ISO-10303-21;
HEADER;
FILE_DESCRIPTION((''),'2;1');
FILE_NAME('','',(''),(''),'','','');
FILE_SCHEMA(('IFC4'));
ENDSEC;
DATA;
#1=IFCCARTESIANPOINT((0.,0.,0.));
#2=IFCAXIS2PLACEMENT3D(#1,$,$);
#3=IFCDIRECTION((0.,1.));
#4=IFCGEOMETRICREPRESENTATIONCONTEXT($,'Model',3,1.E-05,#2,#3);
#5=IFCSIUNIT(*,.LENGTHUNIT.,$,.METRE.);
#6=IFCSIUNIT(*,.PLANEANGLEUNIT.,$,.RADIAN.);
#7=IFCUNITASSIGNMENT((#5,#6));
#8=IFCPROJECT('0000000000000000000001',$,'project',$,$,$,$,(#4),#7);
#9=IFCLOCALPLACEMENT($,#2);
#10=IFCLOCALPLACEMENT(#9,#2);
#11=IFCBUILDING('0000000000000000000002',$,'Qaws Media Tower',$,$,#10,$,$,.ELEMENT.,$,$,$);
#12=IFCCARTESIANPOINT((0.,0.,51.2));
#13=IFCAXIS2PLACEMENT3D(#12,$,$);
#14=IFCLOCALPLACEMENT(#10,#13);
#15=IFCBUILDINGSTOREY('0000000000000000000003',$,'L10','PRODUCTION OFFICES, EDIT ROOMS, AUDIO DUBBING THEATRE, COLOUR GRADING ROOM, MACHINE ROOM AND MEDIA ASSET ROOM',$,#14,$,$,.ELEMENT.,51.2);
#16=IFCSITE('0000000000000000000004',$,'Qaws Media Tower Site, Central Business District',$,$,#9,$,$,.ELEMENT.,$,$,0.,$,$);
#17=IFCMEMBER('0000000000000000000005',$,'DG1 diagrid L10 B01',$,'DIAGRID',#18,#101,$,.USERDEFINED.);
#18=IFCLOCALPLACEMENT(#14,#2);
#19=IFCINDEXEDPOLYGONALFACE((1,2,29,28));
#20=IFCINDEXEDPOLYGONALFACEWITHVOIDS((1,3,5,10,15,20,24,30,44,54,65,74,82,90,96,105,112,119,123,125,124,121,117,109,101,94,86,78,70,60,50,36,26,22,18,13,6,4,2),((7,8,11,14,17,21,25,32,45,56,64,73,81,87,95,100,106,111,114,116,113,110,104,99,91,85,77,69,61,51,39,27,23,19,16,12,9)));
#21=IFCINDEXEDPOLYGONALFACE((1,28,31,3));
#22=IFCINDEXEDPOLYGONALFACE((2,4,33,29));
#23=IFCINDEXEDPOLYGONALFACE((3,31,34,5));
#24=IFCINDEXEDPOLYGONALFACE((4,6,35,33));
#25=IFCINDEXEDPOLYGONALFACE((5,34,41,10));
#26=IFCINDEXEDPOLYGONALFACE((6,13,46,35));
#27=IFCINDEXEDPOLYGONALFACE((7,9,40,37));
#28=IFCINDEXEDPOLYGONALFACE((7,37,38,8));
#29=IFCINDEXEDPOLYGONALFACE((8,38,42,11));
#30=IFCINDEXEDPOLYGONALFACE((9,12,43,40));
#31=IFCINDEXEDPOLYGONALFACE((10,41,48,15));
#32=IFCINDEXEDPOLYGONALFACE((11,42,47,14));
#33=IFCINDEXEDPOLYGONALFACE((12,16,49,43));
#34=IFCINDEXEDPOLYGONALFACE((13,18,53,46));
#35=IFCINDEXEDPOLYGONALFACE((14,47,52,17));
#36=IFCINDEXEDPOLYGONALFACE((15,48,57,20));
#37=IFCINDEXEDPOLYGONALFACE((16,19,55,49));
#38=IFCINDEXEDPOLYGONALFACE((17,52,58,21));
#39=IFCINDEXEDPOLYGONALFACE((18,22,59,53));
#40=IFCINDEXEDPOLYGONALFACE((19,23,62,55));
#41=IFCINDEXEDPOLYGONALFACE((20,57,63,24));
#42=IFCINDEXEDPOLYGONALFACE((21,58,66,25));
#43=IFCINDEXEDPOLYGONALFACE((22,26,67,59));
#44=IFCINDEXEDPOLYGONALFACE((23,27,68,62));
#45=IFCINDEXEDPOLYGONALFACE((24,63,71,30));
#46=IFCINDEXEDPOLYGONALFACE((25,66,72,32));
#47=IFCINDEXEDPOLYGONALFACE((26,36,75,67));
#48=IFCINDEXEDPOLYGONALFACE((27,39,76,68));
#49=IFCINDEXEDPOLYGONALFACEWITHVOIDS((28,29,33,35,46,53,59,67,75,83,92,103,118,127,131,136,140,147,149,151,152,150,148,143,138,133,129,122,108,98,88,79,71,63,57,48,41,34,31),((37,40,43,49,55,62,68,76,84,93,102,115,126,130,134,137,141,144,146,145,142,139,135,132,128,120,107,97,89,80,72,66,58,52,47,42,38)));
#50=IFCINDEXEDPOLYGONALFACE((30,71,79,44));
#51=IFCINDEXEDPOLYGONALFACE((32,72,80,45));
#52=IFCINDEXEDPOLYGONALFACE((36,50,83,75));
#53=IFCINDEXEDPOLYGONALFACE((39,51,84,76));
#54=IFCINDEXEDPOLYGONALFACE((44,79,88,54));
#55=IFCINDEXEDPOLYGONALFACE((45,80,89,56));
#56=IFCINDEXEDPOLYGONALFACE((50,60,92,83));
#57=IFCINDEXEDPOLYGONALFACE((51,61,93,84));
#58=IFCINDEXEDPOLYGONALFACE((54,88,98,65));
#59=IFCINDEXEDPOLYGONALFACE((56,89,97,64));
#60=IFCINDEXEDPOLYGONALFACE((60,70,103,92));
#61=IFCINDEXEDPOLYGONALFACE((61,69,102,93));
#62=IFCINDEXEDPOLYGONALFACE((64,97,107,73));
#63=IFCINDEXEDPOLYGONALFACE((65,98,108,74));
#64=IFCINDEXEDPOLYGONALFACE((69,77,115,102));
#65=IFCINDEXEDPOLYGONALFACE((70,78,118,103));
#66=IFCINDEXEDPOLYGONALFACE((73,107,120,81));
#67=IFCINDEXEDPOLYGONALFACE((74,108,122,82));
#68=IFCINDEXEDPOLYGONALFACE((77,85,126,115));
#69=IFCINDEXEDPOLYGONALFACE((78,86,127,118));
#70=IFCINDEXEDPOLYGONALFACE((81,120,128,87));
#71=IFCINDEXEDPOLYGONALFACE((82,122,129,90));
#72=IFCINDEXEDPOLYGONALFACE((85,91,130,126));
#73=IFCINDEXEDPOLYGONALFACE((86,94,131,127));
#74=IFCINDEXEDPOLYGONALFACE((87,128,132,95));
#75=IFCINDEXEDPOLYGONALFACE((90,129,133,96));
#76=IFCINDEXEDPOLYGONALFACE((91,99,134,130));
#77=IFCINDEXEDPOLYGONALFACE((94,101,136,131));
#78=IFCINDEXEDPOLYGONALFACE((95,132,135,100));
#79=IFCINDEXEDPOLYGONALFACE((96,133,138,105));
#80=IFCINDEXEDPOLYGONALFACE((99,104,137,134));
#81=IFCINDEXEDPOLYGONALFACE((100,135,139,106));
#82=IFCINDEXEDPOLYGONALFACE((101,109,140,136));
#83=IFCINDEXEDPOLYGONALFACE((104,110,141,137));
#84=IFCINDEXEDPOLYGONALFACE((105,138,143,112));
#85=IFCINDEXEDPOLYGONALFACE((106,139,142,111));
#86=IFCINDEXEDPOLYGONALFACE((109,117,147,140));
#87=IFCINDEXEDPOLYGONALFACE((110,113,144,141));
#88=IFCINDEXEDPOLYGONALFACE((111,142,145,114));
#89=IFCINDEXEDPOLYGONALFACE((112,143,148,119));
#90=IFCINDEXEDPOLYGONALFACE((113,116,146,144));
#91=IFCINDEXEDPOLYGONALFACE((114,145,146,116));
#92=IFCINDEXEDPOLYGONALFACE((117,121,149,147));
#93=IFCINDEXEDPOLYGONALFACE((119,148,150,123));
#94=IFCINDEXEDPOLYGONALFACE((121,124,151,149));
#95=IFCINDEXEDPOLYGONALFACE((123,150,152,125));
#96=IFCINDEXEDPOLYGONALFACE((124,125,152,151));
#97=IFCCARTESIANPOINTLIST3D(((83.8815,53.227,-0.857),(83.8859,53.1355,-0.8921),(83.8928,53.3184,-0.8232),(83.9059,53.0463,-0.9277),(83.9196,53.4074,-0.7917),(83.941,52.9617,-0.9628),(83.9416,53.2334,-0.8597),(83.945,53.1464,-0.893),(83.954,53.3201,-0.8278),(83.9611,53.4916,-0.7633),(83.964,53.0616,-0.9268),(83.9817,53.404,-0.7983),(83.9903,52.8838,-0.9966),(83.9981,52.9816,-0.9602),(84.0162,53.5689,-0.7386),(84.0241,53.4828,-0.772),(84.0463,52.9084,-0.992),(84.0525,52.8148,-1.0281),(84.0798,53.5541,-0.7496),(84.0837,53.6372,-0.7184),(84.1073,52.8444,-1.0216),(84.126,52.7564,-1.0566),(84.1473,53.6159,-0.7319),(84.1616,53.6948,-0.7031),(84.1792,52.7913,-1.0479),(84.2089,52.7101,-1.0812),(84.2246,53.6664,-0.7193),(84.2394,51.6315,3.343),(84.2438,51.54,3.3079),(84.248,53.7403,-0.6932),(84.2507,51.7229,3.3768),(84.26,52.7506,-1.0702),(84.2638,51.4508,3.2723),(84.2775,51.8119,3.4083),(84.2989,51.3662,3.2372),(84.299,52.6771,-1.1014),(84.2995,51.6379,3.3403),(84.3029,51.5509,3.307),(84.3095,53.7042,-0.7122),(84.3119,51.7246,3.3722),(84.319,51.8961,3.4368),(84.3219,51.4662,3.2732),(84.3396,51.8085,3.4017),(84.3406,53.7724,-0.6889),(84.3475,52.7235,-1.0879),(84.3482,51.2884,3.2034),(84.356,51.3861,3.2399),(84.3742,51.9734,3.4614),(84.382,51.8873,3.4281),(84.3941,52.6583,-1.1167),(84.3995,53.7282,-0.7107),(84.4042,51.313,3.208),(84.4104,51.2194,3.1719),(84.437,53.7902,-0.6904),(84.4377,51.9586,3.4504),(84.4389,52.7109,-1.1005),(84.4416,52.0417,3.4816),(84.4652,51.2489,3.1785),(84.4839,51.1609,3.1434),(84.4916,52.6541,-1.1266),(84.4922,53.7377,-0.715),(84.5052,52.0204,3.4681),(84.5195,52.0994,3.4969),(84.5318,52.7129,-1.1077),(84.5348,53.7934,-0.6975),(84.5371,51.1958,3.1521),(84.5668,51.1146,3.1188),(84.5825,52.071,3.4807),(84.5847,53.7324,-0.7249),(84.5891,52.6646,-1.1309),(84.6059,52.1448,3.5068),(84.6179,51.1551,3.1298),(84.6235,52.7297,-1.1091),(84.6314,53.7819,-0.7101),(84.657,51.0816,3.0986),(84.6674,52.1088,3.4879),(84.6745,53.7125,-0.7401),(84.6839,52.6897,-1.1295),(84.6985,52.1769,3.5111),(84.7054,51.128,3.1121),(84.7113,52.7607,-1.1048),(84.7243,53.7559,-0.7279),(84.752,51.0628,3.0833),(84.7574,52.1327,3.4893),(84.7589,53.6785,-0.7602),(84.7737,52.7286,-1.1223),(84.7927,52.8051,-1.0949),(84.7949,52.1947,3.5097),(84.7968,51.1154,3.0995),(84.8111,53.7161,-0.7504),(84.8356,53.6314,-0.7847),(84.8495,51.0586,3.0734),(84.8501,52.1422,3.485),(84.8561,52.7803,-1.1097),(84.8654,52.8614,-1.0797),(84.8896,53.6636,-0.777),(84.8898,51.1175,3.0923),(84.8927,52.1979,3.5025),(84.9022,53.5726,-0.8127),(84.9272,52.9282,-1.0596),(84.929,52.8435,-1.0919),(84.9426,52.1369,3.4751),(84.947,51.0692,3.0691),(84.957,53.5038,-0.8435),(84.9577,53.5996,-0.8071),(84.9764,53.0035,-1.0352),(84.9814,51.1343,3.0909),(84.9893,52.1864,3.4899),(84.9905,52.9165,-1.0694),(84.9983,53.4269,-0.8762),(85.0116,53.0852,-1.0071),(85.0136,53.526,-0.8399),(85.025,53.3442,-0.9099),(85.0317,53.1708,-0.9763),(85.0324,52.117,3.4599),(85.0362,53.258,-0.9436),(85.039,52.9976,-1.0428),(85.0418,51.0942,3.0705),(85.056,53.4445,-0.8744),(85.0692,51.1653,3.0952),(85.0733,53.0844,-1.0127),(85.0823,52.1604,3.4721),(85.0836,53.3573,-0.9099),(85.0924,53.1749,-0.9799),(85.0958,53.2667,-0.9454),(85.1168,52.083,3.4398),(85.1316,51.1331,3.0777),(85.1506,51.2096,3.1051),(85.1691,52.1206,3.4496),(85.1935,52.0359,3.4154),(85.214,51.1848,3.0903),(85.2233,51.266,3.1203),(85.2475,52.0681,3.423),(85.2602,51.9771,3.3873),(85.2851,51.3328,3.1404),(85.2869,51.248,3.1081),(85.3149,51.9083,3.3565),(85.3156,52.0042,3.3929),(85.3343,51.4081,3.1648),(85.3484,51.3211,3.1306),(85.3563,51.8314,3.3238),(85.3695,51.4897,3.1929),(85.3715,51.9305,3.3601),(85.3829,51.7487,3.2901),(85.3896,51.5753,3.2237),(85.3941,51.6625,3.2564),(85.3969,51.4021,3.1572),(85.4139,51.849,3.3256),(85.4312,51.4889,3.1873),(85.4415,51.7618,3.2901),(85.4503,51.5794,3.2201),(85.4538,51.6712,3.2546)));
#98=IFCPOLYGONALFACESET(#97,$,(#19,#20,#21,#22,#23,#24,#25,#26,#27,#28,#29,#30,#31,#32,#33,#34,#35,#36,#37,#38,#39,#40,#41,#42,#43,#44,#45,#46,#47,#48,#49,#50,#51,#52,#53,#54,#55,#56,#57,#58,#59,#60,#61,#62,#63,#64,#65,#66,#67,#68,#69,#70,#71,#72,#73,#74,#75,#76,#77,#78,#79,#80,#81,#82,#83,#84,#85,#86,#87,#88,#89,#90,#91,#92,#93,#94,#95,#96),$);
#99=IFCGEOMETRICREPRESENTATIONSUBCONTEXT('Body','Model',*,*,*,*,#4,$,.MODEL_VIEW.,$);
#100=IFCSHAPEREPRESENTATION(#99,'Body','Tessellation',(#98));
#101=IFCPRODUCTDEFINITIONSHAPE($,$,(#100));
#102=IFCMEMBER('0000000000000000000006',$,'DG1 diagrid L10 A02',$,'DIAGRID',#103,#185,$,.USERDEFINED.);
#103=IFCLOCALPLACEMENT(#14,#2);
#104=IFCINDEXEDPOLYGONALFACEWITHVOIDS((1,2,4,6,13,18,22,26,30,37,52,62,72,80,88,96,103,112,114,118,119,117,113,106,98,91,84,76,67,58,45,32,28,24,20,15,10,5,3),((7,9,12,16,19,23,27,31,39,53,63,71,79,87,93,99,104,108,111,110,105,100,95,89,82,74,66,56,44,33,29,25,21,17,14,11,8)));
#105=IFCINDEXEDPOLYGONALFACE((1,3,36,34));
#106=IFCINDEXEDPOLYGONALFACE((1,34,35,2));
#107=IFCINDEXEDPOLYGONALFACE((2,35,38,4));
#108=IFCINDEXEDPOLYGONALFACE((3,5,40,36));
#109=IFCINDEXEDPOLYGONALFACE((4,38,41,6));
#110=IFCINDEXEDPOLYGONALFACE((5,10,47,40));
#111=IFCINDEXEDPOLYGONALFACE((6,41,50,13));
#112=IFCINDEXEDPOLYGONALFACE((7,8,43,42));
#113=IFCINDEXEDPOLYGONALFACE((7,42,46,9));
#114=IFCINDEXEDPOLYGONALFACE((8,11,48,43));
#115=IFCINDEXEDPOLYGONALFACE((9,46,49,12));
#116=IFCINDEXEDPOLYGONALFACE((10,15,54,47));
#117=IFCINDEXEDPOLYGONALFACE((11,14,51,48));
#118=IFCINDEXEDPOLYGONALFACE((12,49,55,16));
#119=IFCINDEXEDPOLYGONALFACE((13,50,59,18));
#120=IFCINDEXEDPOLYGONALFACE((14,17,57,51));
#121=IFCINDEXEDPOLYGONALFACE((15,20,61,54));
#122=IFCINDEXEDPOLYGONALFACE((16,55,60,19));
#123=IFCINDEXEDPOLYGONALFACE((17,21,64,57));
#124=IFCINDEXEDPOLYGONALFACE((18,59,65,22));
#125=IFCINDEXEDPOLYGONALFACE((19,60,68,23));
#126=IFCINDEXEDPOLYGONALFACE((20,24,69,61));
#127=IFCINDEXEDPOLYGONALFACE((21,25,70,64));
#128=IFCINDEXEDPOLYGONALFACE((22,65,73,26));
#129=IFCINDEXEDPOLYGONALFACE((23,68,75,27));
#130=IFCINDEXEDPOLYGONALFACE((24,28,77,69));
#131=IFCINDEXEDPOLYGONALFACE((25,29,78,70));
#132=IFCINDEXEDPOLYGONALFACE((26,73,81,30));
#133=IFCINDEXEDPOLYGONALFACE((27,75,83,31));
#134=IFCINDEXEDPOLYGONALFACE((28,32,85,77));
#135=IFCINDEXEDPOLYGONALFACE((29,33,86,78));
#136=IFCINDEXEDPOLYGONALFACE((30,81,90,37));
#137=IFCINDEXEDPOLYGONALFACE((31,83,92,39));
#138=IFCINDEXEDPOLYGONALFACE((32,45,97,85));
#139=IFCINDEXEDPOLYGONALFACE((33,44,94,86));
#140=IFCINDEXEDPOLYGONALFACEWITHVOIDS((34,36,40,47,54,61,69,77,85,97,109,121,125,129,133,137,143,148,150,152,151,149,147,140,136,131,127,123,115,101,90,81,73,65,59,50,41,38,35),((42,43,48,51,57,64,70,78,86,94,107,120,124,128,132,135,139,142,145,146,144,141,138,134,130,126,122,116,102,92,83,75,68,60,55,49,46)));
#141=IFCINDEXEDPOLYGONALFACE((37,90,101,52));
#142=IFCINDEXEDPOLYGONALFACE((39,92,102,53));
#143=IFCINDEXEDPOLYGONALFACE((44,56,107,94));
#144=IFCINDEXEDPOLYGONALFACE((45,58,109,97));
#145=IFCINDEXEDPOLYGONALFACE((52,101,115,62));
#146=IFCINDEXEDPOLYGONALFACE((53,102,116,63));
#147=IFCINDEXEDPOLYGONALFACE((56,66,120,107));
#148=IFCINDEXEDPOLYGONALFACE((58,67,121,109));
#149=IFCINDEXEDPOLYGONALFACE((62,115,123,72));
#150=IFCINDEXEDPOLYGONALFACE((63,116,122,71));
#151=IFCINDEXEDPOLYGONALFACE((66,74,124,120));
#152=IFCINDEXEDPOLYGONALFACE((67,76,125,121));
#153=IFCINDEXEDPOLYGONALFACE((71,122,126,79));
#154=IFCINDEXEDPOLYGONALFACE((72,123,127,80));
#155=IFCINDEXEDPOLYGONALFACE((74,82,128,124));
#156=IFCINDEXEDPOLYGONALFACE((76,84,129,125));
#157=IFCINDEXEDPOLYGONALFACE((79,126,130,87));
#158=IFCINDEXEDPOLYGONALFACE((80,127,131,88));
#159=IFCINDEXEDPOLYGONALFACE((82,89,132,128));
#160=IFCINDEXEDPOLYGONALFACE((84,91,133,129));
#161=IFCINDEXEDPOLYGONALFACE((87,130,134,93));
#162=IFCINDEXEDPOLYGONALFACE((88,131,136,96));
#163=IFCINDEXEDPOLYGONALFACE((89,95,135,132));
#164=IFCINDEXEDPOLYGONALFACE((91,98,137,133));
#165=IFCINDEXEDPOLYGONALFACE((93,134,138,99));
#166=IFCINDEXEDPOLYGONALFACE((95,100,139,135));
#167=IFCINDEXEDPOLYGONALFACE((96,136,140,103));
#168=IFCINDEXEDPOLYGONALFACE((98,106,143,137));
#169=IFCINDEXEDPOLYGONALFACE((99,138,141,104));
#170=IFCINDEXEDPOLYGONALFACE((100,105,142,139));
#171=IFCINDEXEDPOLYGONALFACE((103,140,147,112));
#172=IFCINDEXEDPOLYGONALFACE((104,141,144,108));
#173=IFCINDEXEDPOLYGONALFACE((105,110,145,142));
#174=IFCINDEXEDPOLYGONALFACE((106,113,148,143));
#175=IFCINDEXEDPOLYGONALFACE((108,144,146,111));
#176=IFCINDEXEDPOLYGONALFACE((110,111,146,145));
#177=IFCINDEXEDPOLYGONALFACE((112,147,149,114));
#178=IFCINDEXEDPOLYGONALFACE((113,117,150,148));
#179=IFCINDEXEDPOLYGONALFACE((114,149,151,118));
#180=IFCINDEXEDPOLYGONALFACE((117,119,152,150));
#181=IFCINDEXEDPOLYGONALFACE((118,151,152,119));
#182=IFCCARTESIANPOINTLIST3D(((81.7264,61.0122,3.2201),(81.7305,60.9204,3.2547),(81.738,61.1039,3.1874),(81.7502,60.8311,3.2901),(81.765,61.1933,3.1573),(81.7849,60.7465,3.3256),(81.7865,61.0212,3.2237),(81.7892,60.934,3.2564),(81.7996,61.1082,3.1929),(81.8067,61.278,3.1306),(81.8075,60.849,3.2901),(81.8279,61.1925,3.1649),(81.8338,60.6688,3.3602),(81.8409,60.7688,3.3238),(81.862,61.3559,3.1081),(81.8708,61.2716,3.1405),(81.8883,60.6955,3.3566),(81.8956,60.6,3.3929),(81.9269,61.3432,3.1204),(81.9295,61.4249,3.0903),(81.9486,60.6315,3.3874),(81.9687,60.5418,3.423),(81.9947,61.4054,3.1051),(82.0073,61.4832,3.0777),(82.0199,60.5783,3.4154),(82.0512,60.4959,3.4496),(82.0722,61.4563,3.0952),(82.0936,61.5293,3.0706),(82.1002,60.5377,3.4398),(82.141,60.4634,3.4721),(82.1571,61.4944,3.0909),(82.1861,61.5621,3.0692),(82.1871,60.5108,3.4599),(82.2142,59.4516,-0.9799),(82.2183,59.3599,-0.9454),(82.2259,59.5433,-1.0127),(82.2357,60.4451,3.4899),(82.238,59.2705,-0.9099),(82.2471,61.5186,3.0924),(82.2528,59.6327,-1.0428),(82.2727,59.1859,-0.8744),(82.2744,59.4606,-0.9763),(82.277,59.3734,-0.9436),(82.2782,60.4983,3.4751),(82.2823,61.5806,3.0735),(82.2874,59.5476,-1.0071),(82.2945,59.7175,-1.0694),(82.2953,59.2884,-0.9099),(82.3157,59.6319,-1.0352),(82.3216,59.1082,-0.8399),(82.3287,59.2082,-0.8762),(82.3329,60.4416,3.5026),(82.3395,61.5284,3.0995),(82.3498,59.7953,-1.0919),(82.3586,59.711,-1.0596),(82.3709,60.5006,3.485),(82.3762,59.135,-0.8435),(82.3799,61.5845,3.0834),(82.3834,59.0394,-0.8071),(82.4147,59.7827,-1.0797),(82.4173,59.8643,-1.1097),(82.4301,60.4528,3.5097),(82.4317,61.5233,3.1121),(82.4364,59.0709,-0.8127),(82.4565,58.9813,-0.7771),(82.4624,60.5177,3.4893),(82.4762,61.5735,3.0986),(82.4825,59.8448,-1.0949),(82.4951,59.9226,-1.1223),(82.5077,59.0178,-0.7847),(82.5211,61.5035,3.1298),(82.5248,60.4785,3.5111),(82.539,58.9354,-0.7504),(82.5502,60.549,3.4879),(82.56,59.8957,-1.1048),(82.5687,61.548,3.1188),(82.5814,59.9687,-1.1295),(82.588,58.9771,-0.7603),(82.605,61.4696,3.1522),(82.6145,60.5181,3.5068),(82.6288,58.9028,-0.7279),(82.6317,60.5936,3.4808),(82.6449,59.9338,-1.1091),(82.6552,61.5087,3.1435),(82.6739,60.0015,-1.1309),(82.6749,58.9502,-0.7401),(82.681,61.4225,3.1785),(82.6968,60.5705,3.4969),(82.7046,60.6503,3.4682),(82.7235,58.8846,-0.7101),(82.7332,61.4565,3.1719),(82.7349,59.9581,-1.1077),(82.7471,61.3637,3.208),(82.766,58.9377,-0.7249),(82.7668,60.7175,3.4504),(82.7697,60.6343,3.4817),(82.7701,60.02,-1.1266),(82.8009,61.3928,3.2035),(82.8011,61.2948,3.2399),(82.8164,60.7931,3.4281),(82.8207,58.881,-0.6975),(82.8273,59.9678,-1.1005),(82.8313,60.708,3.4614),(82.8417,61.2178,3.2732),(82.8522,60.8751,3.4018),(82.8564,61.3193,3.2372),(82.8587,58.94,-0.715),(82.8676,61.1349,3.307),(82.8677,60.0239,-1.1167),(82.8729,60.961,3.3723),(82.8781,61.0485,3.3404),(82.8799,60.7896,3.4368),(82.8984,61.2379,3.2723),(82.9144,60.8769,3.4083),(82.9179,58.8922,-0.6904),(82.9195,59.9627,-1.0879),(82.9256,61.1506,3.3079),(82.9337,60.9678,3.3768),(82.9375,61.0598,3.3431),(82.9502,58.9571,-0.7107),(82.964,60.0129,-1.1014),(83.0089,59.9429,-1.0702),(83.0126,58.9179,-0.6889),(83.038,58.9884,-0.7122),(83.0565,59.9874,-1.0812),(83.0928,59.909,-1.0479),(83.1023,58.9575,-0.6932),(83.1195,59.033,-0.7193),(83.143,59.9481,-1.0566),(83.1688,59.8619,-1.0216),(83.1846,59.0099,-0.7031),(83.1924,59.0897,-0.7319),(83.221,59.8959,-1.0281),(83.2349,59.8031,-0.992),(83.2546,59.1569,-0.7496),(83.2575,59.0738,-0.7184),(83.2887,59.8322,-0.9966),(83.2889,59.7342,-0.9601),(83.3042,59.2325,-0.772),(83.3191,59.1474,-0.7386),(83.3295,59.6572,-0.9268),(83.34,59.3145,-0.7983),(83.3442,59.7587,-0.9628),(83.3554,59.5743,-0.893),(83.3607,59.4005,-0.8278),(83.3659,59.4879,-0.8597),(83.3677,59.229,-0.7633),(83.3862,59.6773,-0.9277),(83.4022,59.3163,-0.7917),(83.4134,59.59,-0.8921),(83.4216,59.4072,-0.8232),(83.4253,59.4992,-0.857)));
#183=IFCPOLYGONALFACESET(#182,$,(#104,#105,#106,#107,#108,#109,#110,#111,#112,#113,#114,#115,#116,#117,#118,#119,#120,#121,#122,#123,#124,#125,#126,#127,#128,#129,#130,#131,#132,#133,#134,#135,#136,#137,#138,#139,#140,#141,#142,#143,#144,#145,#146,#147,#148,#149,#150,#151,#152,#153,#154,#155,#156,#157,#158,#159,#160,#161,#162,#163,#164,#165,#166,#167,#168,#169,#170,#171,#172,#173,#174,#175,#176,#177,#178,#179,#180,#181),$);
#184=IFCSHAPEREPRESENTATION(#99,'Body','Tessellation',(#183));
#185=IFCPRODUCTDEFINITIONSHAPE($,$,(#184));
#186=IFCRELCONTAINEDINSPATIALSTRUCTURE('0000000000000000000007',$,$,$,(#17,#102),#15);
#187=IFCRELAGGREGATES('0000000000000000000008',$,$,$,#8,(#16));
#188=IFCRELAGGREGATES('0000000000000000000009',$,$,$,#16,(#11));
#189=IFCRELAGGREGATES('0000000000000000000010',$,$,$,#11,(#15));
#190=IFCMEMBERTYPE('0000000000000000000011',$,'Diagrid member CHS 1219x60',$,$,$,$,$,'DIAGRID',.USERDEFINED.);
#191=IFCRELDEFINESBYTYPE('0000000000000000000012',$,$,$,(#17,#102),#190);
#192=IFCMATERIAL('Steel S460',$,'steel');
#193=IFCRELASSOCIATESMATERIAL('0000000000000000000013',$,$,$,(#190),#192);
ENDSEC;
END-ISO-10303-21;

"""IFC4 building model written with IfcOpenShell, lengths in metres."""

from ifc_helpers import new_model, si_unit, direction, frame, origin, origin_2d, place, context, subcontext, project, spatial, hollow_circle, extrude, material, material_profile, profile_set, type_object, element, save


model = new_model("IFC4")

# Units and contexts
model_context = context("Model", 3, precision=1e-05, world=origin(), true_north=direction((0.0, 1.0)))
body_context = subcontext(model_context, "Body", "Model", "MODEL_VIEW")
ifc_project = project(units=[si_unit("LENGTHUNIT", "METRE"), si_unit("PLANEANGLEUNIT", "RADIAN")], contexts=[model_context])

# Site, building, storey
site_placement = place(None, origin())
site = spatial("IfcSite", under=ifc_project, at=site_placement, Name="Qaws Media Tower Site, Central Business District", CompositionType="ELEMENT", RefElevation=0.0)
building_placement = place(site_placement, origin())
building = spatial("IfcBuilding", under=site, at=building_placement, Name="Qaws Media Tower", CompositionType="ELEMENT")
storey_placement = place(building_placement, frame((0.0, 0.0, 51.2)))
storey = spatial("IfcBuildingStorey", under=building, at=storey_placement, Name="L10", Description="PRODUCTION OFFICES, EDIT ROOMS, AUDIO DUBBING THEATRE, COLOUR GRADING ROOM, MACHINE ROOM AND MEDIA ASSET ROOM", CompositionType="ELEMENT", Elevation=51.2)

# Members
ifc_material_1 = material(Name="Steel S460", Category="steel")
ifc_material_profile_1 = material_profile(ifc_material_1, hollow_circle(Radius=0.6096, WallThickness=0.0601, at=origin_2d()), Name="CHS 1219x60")
ifc_profile_set_1 = profile_set([ifc_material_profile_1], Name="Steel S460")
member_type_1 = type_object("IfcMemberType", Name="Diagrid member CHS 1219x60", ElementType="DIAGRID", PredefinedType="USERDEFINED", material=ifc_profile_set_1)
for number, where, z_axis, x_axis, name in (
    (1, (84.4888, 53.2239, -0.9099), (0.079412, -0.353995, 0.93187), (0.975749, 0.21889, 0.0), "DG1 diagrid L10 B01"),
    (2, (82.8198, 59.4524, -0.9099), (-0.108231, 0.346251, 0.931878), (-0.954459, -0.298343, 0.0), "DG1 diagrid L10 A02"),
):
    element("IfcMember", number, at=place(storey_placement, frame(where, z_axis=z_axis, x_axis=x_axis)), inside=storey, type_object=member_type_1, Name=name, ObjectType="DIAGRID", PredefinedType="USERDEFINED", context=body_context, shape_type="SweptSolid", body=[
        extrude(hollow_circle(Radius=0.6096, WallThickness=0.0601, at=origin_2d()), origin(), (0.0, 0.0, 1.0), 4.5071),
    ])

save(model, "model.ifc")
